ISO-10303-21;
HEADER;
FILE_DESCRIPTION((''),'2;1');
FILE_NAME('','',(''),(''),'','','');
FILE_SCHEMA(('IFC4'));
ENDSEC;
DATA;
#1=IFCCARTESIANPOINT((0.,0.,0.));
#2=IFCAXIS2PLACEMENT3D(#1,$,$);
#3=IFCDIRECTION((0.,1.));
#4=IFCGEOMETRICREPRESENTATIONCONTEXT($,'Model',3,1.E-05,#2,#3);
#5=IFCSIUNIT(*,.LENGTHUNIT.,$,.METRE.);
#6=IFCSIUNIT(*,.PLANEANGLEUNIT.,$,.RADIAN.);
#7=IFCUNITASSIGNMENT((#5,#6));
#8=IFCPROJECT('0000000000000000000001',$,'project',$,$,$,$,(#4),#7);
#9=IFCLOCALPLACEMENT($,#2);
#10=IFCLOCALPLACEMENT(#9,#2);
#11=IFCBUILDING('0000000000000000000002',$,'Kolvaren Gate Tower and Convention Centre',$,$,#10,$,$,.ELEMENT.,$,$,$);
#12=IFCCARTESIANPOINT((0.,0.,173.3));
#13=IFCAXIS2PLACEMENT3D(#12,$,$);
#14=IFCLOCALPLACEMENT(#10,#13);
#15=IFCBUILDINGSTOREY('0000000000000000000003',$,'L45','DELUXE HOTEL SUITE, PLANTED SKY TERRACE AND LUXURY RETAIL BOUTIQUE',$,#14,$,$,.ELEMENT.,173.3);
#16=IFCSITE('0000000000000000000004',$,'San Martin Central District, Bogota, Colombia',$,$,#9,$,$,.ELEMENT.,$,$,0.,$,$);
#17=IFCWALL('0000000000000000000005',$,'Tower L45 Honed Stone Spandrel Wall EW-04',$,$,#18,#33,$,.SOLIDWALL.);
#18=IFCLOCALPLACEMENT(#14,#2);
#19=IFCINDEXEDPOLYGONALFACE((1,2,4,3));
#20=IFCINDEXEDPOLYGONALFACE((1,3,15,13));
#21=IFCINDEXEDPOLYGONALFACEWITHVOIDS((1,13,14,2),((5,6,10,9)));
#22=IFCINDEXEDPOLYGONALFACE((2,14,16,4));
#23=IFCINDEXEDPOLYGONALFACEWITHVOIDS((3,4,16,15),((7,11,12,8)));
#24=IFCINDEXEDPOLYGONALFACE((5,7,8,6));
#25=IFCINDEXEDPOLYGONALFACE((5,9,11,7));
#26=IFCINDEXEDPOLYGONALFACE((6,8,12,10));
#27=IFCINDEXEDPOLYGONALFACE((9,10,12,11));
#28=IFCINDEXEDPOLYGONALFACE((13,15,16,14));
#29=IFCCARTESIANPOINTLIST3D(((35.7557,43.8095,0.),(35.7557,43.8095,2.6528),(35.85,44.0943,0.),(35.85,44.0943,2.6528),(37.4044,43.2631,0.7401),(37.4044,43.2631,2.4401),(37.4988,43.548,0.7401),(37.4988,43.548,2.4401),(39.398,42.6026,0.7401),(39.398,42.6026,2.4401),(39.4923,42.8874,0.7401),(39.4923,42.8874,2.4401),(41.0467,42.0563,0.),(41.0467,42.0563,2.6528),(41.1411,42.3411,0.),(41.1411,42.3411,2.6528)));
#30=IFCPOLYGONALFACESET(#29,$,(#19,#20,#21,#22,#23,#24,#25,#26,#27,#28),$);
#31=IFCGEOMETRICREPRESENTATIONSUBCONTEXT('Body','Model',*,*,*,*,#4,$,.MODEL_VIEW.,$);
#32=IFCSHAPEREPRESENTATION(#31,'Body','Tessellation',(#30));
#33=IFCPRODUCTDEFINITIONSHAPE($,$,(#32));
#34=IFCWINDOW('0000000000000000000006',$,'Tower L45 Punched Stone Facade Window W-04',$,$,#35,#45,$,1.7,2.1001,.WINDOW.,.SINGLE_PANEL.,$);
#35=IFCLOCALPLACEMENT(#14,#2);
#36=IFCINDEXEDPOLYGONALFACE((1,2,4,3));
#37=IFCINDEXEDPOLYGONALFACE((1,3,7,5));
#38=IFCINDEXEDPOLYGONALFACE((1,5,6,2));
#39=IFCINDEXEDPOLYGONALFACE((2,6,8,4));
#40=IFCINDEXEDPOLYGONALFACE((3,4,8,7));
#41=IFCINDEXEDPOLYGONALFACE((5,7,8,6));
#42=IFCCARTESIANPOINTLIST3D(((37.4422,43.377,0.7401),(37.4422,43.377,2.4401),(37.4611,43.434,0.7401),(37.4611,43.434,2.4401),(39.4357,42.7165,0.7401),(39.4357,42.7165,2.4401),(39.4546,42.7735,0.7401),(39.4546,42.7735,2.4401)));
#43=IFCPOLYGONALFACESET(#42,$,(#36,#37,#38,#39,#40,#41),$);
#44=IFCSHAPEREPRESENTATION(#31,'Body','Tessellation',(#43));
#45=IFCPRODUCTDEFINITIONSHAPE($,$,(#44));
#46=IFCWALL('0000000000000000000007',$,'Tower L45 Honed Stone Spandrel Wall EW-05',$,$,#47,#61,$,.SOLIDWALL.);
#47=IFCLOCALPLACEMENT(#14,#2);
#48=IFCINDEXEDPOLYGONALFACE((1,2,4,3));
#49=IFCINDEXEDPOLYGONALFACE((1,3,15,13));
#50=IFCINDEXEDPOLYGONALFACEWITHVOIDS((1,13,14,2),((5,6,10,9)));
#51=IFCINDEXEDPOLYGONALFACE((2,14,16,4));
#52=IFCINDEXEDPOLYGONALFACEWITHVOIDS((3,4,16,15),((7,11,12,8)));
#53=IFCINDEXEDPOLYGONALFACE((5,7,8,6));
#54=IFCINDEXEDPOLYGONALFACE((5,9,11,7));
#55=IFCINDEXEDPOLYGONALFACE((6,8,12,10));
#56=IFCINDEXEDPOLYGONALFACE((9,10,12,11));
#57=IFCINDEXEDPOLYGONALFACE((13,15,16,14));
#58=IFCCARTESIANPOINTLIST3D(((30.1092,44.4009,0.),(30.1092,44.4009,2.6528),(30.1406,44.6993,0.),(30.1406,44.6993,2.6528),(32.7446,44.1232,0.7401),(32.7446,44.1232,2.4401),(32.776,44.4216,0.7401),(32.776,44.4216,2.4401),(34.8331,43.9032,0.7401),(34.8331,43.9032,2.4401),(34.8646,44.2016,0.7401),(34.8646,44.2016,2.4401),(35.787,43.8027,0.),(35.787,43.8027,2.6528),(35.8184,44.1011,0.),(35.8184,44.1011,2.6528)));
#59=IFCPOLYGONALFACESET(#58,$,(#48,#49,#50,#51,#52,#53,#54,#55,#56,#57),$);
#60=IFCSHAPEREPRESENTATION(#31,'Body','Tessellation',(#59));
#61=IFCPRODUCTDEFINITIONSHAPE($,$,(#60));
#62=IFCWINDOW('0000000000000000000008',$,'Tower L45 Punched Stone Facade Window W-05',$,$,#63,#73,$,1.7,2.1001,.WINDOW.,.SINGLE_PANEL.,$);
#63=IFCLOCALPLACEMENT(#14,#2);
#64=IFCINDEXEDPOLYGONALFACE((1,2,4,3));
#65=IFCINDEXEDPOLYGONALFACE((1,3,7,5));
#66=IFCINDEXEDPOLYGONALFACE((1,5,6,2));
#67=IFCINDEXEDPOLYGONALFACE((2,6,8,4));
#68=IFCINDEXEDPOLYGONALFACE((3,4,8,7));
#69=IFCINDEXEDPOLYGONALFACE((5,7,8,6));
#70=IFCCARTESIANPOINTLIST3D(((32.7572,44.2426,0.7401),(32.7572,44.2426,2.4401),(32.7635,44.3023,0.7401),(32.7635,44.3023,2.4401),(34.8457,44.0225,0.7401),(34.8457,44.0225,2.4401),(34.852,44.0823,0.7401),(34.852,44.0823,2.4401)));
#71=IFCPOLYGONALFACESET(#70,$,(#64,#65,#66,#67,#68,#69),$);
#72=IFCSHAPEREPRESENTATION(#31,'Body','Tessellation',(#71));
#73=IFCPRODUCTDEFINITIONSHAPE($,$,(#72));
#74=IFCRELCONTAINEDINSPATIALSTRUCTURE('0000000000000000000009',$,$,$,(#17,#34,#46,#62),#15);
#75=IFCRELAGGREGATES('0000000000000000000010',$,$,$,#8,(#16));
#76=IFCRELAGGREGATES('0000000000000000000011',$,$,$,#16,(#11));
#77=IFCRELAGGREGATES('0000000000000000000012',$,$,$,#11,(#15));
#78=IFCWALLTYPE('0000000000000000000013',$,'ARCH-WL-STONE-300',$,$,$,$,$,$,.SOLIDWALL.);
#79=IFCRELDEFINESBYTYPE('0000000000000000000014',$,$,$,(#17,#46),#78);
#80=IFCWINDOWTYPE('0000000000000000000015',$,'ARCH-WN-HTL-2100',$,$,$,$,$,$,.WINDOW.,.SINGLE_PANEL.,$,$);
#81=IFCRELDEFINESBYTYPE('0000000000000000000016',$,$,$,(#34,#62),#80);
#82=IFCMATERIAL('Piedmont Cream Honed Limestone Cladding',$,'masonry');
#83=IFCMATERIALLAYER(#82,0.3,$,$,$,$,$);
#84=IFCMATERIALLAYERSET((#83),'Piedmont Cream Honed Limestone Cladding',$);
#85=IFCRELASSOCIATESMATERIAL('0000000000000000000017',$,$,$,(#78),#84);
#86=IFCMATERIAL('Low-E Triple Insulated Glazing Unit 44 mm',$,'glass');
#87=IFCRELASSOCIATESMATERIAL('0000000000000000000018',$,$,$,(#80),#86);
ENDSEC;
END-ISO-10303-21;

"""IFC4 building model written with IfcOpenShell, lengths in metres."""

from ifc_helpers import new_model, si_unit, direction, frame, frame_2d, origin, place, context, subcontext, project, spatial, rectangle, extrude, material, layer, layer_set, type_object, element, fill, save


model = new_model("IFC4")

# Units and contexts
model_context = context("Model", 3, precision=1e-05, world=origin(), true_north=direction((0.0, 1.0)))
body_context = subcontext(model_context, "Body", "Model", "MODEL_VIEW")
ifc_project = project(units=[si_unit("LENGTHUNIT", "METRE"), si_unit("PLANEANGLEUNIT", "RADIAN")], contexts=[model_context])

# Site, building, storey
site_placement = place(None, origin())
site = spatial("IfcSite", under=ifc_project, at=site_placement, Name="San Martin Central District, Bogota, Colombia", CompositionType="ELEMENT", RefElevation=0.0)
building_placement = place(site_placement, origin())
building = spatial("IfcBuilding", under=site, at=building_placement, Name="Kolvaren Gate Tower and Convention Centre", CompositionType="ELEMENT")
storey_placement = place(building_placement, frame((0.0, 0.0, 173.3)))
storey = spatial("IfcBuildingStorey", under=building, at=storey_placement, Name="L45", Description="DELUXE HOTEL SUITE, PLANTED SKY TERRACE AND LUXURY RETAIL BOUTIQUE", CompositionType="ELEMENT", Elevation=173.3)

# Walls, openings, windows
ifc_material_1 = material(Name="Piedmont Cream Honed Limestone Cladding", Category="masonry")
ifc_layer_1 = layer(ifc_material_1, 0.3)
ifc_layer_set_1 = layer_set([ifc_layer_1], Name="Piedmont Cream Honed Limestone Cladding")
wall_type_1 = type_object("IfcWallType", Name="ARCH-WL-STONE-300", PredefinedType="SOLIDWALL", material=ifc_layer_set_1)
wall_1_placement = place(storey_placement, frame((35.8027, 43.9519, 0.0), z_axis=(0.0, 0.0, 1.0), x_axis=(0.949247, -0.314532, 0.0)))
wall_1 = element("IfcWall", 1, at=wall_1_placement, inside=storey, type_object=wall_type_1, Name="Tower L45 Honed Stone Spandrel Wall EW-04", PredefinedType="SOLIDWALL", context=body_context, shape_type="SweptSolid", body=[
    extrude(rectangle(XDim=5.574, YDim=0.3, at=frame_2d((2.7871, 0.0))), origin(), (0.0, 0.0, 1.0), 2.6528),
])
opening_1_placement = place(wall_1_placement, frame((1.7371, 0.0, 0.74)))
opening_1 = element("IfcOpeningElement", 2, at=opening_1_placement, cuts=wall_1, PredefinedType="OPENING", context=body_context, shape_type="SweptSolid", body=[
    extrude(rectangle(XDim=2.1001, YDim=1.7, at=frame_2d((1.05, 0.8501))), frame((0.0, 0.1599, 0.0), z_axis=(0.0, -1.0, 0.0), x_axis=(1.0, 0.0, 0.0)), (0.0, 0.0, 1.0), 0.3201),
])
ifc_material_2 = material(Name="Low-E Triple Insulated Glazing Unit 44 mm", Category="glass")
window_type = type_object("IfcWindowType", Name="ARCH-WN-HTL-2100", PartitioningType="SINGLE_PANEL", PredefinedType="WINDOW", material=ifc_material_2)
window_1_placement = place(opening_1_placement, origin())
window_1 = element("IfcWindow", 3, at=window_1_placement, inside=storey, type_object=window_type, Name="Tower L45 Punched Stone Facade Window W-04", OverallHeight=1.7, OverallWidth=2.1001, PartitioningType="SINGLE_PANEL", PredefinedType="WINDOW", context=body_context, shape_type="SweptSolid", body=[
    extrude(rectangle(XDim=2.1001, YDim=1.7, at=frame_2d((1.05, 0.8501))), frame((0.0, 0.03, 0.0), z_axis=(0.0, -1.0, 0.0), x_axis=(1.0, 0.0, 0.0)), (0.0, 0.0, 1.0), 0.0601),
])
fill(opening_1, window_1)
wall_2_placement = place(storey_placement, frame((30.125, 44.55, 0.0), z_axis=(0.0, 0.0, 1.0), x_axis=(0.994497, -0.104769, 0.0)))
wall_2 = element("IfcWall", 4, at=wall_2_placement, inside=storey, type_object=wall_type_1, Name="Tower L45 Honed Stone Spandrel Wall EW-05", PredefinedType="SOLIDWALL", context=body_context, shape_type="SweptSolid", body=[
    extrude(rectangle(XDim=5.7092, YDim=0.3, at=frame_2d((2.8545, 0.0))), origin(), (0.0, 0.0, 1.0), 2.6528),
])
opening_2_placement = place(wall_2_placement, frame((2.6499, 0.0, 0.74)))
opening_2 = element("IfcOpeningElement", 5, at=opening_2_placement, cuts=wall_2, PredefinedType="OPENING", context=body_context, shape_type="SweptSolid", body=[
    extrude(rectangle(XDim=2.1001, YDim=1.7, at=frame_2d((1.05, 0.8501))), frame((0.0, 0.1599, 0.0), z_axis=(0.0, -1.0, 0.0), x_axis=(1.0, 0.0, 0.0)), (0.0, 0.0, 1.0), 0.3201),
])
window_2_placement = place(opening_2_placement, origin())
window_2 = element("IfcWindow", 6, at=window_2_placement, inside=storey, type_object=window_type, Name="Tower L45 Punched Stone Facade Window W-05", OverallHeight=1.7, OverallWidth=2.1001, PartitioningType="SINGLE_PANEL", PredefinedType="WINDOW", context=body_context, shape_type="SweptSolid", body=[
    extrude(rectangle(XDim=2.1001, YDim=1.7, at=frame_2d((1.05, 0.8501))), frame((0.0, 0.03, 0.0), z_axis=(0.0, -1.0, 0.0), x_axis=(1.0, 0.0, 0.0)), (0.0, 0.0, 1.0), 0.0601),
])
fill(opening_2, window_2)

save(model, "model.ifc")
